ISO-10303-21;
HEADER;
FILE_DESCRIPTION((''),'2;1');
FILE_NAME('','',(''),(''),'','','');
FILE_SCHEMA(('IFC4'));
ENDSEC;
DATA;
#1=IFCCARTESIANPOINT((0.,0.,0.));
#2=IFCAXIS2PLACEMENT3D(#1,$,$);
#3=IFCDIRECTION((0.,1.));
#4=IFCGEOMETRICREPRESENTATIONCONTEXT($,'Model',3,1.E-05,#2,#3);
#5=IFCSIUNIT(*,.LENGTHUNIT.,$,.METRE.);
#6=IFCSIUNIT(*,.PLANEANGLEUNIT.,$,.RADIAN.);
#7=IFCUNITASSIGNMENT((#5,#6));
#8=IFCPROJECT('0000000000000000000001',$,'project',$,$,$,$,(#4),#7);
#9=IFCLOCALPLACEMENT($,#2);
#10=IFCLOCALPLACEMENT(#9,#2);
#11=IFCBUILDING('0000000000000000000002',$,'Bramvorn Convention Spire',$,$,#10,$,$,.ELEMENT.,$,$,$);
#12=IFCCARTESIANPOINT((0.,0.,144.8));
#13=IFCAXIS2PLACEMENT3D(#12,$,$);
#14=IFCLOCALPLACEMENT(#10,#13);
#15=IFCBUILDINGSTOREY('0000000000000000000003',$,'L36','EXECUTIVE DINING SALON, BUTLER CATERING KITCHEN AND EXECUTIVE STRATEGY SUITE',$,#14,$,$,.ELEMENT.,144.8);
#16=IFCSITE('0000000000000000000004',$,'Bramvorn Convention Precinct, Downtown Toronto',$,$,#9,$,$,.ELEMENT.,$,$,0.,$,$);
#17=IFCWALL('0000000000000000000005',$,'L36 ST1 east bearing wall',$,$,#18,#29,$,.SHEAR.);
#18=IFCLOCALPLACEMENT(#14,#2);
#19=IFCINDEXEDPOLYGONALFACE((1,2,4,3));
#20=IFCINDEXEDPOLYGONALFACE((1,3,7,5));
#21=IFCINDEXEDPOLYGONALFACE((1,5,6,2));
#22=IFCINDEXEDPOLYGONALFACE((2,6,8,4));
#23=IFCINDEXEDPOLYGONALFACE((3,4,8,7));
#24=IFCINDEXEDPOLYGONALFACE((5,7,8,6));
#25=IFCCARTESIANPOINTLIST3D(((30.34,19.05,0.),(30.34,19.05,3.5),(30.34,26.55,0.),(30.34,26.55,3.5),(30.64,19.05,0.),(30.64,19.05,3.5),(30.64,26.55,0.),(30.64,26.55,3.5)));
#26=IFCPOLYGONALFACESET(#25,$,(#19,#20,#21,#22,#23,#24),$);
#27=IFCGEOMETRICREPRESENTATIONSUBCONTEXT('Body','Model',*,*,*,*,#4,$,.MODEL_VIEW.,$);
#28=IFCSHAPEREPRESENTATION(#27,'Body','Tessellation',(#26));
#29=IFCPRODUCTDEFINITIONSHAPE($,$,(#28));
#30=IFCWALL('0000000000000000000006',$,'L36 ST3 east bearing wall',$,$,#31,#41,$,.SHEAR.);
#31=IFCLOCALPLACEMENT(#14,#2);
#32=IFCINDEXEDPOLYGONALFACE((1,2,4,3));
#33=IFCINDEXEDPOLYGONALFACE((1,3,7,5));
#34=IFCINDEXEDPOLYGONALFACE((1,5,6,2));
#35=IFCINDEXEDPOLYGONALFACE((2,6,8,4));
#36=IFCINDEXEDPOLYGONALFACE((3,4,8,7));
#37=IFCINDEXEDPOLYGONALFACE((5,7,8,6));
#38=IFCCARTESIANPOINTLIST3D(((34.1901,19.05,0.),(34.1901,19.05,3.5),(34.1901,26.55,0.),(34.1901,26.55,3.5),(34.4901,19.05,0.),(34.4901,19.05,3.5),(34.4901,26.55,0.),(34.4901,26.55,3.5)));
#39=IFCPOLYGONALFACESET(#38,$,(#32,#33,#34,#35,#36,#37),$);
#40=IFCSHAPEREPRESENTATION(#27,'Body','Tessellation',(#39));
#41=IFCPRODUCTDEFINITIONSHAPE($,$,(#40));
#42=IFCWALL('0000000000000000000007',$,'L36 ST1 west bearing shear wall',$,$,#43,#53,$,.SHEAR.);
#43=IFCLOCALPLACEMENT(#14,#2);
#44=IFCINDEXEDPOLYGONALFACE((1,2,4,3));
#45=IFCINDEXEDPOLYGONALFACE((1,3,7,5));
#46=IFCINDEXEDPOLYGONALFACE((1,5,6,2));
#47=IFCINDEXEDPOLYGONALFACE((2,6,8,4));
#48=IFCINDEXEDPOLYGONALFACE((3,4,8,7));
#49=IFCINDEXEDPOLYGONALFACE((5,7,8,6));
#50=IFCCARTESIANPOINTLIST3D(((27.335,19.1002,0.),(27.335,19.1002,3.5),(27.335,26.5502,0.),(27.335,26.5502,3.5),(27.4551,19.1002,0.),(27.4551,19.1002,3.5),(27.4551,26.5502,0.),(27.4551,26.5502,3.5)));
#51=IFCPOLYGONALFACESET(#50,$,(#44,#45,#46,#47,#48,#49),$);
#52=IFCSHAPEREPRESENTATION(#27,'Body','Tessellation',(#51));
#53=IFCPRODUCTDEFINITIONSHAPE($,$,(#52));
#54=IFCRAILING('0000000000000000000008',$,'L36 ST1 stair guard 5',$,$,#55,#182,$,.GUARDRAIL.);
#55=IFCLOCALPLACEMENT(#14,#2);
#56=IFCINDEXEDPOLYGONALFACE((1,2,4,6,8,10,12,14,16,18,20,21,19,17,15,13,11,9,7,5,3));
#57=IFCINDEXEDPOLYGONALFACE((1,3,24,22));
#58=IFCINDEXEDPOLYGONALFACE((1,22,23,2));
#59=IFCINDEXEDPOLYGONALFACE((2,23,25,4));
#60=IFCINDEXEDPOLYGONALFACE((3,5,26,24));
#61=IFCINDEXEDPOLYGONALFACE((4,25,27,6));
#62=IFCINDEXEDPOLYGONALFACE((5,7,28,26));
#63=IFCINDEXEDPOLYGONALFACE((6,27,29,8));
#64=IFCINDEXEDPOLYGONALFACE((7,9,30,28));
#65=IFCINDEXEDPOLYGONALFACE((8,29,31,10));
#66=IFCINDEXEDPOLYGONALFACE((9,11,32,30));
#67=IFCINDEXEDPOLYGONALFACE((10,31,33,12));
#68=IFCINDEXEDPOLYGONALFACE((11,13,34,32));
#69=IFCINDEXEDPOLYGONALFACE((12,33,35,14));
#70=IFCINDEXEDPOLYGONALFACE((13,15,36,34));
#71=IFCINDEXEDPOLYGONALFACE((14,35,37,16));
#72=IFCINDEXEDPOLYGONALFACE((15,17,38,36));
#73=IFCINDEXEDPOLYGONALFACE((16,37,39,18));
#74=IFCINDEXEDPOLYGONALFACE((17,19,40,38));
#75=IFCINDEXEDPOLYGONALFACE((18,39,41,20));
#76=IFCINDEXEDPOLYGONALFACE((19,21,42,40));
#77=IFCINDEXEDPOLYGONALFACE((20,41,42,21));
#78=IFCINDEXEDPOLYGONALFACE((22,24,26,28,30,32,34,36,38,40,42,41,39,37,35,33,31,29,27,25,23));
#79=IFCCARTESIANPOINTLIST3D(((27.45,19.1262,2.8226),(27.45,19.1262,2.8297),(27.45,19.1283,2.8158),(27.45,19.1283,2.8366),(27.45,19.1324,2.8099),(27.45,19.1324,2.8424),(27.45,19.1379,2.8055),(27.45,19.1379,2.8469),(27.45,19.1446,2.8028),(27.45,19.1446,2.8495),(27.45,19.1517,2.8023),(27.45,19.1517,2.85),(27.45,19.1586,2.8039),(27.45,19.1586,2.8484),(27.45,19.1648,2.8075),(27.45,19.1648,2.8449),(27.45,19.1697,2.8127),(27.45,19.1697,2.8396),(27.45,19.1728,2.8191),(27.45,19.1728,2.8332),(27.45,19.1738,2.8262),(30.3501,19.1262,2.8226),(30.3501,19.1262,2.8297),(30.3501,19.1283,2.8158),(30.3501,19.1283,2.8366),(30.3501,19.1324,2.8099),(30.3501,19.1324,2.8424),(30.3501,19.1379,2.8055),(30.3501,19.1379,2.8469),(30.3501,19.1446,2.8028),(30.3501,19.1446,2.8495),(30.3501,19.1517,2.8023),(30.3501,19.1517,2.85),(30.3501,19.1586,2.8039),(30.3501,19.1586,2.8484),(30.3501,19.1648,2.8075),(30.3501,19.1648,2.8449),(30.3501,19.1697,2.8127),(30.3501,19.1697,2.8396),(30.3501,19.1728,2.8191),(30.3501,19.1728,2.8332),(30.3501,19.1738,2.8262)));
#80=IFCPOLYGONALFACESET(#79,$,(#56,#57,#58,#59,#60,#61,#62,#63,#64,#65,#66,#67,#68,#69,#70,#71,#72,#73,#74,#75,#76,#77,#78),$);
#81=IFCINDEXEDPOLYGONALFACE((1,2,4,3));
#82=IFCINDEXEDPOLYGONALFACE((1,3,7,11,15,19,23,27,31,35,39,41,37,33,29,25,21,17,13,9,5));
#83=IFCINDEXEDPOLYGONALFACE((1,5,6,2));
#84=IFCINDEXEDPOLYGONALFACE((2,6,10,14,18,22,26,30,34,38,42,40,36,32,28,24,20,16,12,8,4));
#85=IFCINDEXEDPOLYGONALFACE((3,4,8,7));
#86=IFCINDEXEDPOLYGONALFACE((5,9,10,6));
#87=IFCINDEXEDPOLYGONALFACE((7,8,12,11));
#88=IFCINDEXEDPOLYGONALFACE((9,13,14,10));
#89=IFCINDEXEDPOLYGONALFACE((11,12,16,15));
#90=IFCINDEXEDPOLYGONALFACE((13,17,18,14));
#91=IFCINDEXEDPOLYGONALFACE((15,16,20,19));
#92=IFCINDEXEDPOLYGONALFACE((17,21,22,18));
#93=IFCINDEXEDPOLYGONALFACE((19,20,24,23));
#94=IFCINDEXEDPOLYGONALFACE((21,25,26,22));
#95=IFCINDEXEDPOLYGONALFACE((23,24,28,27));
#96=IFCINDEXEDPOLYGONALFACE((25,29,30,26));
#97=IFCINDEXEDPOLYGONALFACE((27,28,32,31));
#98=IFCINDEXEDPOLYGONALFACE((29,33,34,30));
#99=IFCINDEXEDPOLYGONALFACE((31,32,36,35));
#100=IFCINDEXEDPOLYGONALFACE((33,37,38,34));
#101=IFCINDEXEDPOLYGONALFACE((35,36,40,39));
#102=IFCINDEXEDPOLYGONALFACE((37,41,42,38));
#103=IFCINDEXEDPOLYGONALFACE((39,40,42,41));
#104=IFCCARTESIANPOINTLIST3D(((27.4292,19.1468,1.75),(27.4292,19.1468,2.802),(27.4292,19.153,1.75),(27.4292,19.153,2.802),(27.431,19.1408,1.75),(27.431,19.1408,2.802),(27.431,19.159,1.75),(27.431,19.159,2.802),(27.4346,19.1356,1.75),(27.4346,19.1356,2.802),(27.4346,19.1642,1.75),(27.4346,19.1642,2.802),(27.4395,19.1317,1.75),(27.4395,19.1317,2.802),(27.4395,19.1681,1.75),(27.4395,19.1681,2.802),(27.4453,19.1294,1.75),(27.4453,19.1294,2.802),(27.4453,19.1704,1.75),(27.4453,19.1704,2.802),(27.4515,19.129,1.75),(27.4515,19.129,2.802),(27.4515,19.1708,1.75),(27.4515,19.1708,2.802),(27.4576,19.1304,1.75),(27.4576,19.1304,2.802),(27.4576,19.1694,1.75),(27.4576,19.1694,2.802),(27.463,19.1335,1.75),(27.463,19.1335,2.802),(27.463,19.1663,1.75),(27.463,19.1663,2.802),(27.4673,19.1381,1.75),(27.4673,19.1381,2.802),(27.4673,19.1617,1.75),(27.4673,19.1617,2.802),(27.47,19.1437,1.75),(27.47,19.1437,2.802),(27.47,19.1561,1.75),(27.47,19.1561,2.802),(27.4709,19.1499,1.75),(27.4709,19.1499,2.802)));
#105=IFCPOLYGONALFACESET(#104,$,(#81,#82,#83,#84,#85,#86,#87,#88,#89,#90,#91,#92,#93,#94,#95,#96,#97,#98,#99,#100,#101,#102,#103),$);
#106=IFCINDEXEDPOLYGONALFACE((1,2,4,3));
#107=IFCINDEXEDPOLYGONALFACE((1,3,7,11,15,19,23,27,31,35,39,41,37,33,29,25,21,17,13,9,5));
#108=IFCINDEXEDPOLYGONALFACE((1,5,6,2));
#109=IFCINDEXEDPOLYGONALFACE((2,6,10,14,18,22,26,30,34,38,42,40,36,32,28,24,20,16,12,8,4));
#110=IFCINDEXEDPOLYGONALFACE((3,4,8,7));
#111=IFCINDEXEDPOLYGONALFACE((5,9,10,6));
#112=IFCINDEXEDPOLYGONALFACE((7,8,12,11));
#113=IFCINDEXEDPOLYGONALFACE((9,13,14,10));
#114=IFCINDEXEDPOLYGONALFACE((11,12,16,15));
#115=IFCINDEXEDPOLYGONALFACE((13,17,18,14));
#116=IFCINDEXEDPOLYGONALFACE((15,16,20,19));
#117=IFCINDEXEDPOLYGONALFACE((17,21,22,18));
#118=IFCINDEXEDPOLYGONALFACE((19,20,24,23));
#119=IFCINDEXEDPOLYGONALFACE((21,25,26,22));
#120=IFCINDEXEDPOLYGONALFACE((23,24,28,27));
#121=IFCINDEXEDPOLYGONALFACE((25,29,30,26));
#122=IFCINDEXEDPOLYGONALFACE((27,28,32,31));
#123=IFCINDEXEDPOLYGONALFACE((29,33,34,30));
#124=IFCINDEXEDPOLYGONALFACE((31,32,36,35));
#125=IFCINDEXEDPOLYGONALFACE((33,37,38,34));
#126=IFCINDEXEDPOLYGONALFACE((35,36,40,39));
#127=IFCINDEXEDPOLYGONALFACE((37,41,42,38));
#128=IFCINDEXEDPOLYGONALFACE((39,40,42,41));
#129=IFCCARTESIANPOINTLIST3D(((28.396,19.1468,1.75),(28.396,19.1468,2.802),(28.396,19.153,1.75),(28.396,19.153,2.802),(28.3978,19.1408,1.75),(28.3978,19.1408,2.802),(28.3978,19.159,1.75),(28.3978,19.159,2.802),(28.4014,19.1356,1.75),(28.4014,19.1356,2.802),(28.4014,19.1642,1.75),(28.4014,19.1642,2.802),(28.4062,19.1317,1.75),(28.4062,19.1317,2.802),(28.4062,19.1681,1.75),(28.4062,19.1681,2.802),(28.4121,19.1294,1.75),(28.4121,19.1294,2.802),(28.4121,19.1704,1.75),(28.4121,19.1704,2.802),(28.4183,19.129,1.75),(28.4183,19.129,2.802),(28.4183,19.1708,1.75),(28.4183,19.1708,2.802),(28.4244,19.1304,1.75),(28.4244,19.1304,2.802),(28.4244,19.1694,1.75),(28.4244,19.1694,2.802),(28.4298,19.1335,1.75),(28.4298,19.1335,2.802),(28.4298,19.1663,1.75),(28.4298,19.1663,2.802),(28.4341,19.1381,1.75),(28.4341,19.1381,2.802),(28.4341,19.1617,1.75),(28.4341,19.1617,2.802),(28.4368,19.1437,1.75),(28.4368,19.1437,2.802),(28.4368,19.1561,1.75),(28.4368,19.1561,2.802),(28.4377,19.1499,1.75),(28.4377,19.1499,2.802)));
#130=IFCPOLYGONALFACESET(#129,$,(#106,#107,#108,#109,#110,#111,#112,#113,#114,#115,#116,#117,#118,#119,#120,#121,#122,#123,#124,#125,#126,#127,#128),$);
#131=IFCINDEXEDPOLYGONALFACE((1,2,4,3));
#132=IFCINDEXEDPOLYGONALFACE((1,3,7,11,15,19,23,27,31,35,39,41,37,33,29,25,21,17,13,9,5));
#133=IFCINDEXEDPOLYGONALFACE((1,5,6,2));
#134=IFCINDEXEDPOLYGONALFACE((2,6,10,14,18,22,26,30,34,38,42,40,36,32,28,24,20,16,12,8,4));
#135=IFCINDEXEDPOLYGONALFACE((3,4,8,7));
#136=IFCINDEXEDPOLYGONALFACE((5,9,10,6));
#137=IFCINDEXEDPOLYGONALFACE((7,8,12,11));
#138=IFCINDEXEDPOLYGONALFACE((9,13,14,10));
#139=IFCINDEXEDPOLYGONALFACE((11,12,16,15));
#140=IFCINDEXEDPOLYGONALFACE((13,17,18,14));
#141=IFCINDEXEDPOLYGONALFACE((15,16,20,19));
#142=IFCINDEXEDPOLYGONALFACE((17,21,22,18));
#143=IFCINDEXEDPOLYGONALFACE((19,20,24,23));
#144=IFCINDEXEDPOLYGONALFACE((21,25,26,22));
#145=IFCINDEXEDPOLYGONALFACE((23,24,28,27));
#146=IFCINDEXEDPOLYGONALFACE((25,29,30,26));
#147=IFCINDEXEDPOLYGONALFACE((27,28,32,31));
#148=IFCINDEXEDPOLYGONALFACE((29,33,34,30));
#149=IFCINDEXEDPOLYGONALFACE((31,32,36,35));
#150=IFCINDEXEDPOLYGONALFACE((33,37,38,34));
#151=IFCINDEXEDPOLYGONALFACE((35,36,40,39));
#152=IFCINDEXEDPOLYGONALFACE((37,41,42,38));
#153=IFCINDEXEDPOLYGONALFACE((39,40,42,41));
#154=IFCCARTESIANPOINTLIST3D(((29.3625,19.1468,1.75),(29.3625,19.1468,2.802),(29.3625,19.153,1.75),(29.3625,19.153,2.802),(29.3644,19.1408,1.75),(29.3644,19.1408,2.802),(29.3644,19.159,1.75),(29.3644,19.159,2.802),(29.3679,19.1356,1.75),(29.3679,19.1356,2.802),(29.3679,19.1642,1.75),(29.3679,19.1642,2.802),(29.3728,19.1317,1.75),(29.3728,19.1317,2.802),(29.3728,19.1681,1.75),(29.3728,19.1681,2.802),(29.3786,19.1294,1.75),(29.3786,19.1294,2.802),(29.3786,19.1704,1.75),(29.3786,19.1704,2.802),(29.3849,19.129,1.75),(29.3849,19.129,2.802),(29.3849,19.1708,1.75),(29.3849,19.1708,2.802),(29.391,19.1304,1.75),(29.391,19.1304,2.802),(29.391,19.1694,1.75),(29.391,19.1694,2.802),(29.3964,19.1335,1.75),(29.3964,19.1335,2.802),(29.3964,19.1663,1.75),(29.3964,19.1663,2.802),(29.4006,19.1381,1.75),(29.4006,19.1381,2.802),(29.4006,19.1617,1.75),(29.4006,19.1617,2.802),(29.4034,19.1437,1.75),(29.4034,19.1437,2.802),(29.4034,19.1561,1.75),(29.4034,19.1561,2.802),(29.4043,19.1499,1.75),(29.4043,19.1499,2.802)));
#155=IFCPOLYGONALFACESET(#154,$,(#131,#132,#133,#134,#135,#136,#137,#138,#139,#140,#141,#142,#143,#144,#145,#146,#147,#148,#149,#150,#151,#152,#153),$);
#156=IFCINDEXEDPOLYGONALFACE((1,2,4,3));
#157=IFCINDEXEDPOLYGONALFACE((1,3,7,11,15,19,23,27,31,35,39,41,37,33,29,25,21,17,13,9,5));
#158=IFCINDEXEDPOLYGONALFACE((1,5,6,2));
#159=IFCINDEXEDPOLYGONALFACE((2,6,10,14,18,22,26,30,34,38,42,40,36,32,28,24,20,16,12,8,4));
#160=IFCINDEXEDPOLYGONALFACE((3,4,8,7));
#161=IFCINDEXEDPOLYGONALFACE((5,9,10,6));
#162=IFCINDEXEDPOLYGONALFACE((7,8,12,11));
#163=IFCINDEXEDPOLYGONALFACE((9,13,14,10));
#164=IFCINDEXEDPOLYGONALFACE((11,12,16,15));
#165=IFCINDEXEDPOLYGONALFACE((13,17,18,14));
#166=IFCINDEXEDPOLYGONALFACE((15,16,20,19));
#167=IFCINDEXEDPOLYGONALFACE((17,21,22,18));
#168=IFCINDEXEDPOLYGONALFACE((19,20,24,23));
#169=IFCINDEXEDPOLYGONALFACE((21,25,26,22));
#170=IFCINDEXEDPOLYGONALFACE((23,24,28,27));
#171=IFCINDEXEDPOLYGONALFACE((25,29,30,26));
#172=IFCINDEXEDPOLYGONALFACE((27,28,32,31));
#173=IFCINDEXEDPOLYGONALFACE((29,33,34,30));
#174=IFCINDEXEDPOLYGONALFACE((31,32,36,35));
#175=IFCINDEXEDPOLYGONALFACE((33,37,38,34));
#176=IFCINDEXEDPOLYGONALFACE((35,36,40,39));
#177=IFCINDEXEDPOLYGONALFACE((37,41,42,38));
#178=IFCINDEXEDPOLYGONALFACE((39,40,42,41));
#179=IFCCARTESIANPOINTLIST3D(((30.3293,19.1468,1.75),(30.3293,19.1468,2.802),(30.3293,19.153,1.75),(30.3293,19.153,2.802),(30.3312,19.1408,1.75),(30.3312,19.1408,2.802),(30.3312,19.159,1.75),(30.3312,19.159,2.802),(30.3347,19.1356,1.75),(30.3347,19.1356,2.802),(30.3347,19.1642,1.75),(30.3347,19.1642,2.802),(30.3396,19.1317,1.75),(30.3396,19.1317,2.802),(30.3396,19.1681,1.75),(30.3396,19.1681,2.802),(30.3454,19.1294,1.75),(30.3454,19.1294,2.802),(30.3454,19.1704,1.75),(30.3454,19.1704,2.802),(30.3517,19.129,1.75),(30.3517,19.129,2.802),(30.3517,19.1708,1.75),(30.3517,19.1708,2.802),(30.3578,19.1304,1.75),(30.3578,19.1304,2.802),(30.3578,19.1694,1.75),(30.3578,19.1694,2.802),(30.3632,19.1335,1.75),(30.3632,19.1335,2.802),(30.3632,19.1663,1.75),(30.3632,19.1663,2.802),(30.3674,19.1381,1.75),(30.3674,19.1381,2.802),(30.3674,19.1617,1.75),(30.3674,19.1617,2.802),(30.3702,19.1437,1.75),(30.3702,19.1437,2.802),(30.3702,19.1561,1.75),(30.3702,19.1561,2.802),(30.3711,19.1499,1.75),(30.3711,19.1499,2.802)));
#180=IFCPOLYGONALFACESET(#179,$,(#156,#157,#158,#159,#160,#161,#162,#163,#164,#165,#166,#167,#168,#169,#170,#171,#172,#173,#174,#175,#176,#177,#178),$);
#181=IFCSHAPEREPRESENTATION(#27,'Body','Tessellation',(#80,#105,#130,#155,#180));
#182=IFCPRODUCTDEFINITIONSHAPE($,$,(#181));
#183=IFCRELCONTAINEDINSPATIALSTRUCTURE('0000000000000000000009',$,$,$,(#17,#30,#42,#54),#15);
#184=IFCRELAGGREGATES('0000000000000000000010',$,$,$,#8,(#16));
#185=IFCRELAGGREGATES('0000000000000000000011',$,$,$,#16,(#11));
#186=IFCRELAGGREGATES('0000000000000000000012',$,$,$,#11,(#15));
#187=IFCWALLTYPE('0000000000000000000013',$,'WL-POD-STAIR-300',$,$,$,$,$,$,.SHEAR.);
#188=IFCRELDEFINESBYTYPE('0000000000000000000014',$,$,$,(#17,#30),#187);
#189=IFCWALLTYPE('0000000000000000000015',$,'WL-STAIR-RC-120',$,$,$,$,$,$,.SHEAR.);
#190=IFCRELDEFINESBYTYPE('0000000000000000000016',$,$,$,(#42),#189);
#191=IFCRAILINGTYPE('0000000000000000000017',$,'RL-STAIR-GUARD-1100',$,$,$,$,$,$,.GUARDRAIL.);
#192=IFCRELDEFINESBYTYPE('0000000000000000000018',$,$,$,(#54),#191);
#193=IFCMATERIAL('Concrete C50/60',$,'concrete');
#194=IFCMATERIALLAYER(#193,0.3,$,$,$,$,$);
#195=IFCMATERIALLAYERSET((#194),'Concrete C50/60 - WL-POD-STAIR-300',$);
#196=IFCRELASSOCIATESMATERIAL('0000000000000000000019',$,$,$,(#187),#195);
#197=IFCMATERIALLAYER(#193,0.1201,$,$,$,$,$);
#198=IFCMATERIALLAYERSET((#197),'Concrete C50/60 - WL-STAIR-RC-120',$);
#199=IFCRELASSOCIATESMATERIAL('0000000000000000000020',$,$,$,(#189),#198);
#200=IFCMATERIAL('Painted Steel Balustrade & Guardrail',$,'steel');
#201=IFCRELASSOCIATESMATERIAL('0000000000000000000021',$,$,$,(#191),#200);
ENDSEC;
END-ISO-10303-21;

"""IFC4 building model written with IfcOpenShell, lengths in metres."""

from ifc_helpers import new_model, si_unit, direction, frame, frame_2d, origin, origin_2d, place, context, subcontext, project, spatial, rectangle, circle, extrude, material, layer, layer_set, type_object, element, save


model = new_model("IFC4")

# Units and contexts
model_context = context("Model", 3, precision=1e-05, world=origin(), true_north=direction((0.0, 1.0)))
body_context = subcontext(model_context, "Body", "Model", "MODEL_VIEW")
ifc_project = project(units=[si_unit("LENGTHUNIT", "METRE"), si_unit("PLANEANGLEUNIT", "RADIAN")], contexts=[model_context])

# Site, building, storey
site_placement = place(None, origin())
site = spatial("IfcSite", under=ifc_project, at=site_placement, Name="Bramvorn Convention Precinct, Downtown Toronto", CompositionType="ELEMENT", RefElevation=0.0)
building_placement = place(site_placement, origin())
building = spatial("IfcBuilding", under=site, at=building_placement, Name="Bramvorn Convention Spire", CompositionType="ELEMENT")
storey_placement = place(building_placement, frame((0.0, 0.0, 144.8)))
storey = spatial("IfcBuildingStorey", under=building, at=storey_placement, Name="L36", Description="EXECUTIVE DINING SALON, BUTLER CATERING KITCHEN AND EXECUTIVE STRATEGY SUITE", CompositionType="ELEMENT", Elevation=144.8)

# Walls
ifc_material_1 = material(Name="Concrete C50/60", Category="concrete")
ifc_layer_1 = layer(ifc_material_1, 0.3)
ifc_layer_set_1 = layer_set([ifc_layer_1], Name="Concrete C50/60 - WL-POD-STAIR-300")
wall_type_1 = type_object("IfcWallType", Name="WL-POD-STAIR-300", PredefinedType="SHEAR", material=ifc_layer_set_1)
for number, where, z_axis, x_axis, name in (
    (1, (30.49, 19.05, 0.0), (0.0, 0.0, 1.0), (0.0, 1.0, 0.0), "L36 ST1 east bearing wall"),
    (2, (34.3401, 19.05, 0.0), (0.0, 0.0, 1.0), (0.0, 1.0, 0.0), "L36 ST3 east bearing wall"),
):
    element("IfcWall", number, at=place(storey_placement, frame(where, z_axis=z_axis, x_axis=x_axis)), inside=storey, type_object=wall_type_1, Name=name, PredefinedType="SHEAR", context=body_context, shape_type="SweptSolid", body=[
        extrude(rectangle(XDim=7.5, YDim=0.3, at=frame_2d((3.75, 0.0))), origin(), (0.0, 0.0, 1.0), 3.5),
    ])
ifc_layer_2 = layer(ifc_material_1, 0.1201)
ifc_layer_set_2 = layer_set([ifc_layer_2], Name="Concrete C50/60 - WL-STAIR-RC-120")
wall_type_2 = type_object("IfcWallType", Name="WL-STAIR-RC-120", PredefinedType="SHEAR", material=ifc_layer_set_2)
wall_1_placement = place(storey_placement, frame((27.395, 19.1001, 0.0), z_axis=(0.0, 0.0, 1.0), x_axis=(0.0, 1.0, 0.0)))
element("IfcWall", 3, at=wall_1_placement, inside=storey, type_object=wall_type_2, Name="L36 ST1 west bearing shear wall", PredefinedType="SHEAR", context=body_context, shape_type="SweptSolid", body=[
    extrude(rectangle(XDim=7.45, YDim=0.1201, at=frame_2d((3.7251, 0.0))), origin(), (0.0, 0.0, 1.0), 3.5),
])

# Railing
ifc_material_2 = material(Name="Painted Steel Balustrade & Guardrail", Category="steel")
railing_type = type_object("IfcRailingType", Name="RL-STAIR-GUARD-1100", PredefinedType="GUARDRAIL", material=ifc_material_2)
railing_1_placement = place(storey_placement, frame((27.45, 19.1499, 1.75)))
element("IfcRailing", 4, at=railing_1_placement, inside=storey, type_object=railing_type, Name="L36 ST1 stair guard 5", PredefinedType="GUARDRAIL", context=body_context, shape_type="SweptSolid", body=[
    extrude(circle(Radius=0.0239, at=origin_2d()), frame((0.0, 0.0, 1.0762), z_axis=(1.0, 0.0, 0.0), x_axis=(0.0, 1.0, 0.0)), (0.0, 0.0, 1.0), 2.9001),
    extrude(circle(Radius=0.021, at=origin_2d()), origin(), (0.0, 0.0, 1.0), 1.052),
    extrude(circle(Radius=0.021, at=origin_2d()), frame((0.9668, 0.0, 0.0)), (0.0, 0.0, 1.0), 1.052),
    extrude(circle(Radius=0.021, at=origin_2d()), frame((1.9333, 0.0, 0.0)), (0.0, 0.0, 1.0), 1.052),
    extrude(circle(Radius=0.021, at=origin_2d()), frame((2.9001, 0.0, 0.0)), (0.0, 0.0, 1.0), 1.052),
])

save(model, "model.ifc")
